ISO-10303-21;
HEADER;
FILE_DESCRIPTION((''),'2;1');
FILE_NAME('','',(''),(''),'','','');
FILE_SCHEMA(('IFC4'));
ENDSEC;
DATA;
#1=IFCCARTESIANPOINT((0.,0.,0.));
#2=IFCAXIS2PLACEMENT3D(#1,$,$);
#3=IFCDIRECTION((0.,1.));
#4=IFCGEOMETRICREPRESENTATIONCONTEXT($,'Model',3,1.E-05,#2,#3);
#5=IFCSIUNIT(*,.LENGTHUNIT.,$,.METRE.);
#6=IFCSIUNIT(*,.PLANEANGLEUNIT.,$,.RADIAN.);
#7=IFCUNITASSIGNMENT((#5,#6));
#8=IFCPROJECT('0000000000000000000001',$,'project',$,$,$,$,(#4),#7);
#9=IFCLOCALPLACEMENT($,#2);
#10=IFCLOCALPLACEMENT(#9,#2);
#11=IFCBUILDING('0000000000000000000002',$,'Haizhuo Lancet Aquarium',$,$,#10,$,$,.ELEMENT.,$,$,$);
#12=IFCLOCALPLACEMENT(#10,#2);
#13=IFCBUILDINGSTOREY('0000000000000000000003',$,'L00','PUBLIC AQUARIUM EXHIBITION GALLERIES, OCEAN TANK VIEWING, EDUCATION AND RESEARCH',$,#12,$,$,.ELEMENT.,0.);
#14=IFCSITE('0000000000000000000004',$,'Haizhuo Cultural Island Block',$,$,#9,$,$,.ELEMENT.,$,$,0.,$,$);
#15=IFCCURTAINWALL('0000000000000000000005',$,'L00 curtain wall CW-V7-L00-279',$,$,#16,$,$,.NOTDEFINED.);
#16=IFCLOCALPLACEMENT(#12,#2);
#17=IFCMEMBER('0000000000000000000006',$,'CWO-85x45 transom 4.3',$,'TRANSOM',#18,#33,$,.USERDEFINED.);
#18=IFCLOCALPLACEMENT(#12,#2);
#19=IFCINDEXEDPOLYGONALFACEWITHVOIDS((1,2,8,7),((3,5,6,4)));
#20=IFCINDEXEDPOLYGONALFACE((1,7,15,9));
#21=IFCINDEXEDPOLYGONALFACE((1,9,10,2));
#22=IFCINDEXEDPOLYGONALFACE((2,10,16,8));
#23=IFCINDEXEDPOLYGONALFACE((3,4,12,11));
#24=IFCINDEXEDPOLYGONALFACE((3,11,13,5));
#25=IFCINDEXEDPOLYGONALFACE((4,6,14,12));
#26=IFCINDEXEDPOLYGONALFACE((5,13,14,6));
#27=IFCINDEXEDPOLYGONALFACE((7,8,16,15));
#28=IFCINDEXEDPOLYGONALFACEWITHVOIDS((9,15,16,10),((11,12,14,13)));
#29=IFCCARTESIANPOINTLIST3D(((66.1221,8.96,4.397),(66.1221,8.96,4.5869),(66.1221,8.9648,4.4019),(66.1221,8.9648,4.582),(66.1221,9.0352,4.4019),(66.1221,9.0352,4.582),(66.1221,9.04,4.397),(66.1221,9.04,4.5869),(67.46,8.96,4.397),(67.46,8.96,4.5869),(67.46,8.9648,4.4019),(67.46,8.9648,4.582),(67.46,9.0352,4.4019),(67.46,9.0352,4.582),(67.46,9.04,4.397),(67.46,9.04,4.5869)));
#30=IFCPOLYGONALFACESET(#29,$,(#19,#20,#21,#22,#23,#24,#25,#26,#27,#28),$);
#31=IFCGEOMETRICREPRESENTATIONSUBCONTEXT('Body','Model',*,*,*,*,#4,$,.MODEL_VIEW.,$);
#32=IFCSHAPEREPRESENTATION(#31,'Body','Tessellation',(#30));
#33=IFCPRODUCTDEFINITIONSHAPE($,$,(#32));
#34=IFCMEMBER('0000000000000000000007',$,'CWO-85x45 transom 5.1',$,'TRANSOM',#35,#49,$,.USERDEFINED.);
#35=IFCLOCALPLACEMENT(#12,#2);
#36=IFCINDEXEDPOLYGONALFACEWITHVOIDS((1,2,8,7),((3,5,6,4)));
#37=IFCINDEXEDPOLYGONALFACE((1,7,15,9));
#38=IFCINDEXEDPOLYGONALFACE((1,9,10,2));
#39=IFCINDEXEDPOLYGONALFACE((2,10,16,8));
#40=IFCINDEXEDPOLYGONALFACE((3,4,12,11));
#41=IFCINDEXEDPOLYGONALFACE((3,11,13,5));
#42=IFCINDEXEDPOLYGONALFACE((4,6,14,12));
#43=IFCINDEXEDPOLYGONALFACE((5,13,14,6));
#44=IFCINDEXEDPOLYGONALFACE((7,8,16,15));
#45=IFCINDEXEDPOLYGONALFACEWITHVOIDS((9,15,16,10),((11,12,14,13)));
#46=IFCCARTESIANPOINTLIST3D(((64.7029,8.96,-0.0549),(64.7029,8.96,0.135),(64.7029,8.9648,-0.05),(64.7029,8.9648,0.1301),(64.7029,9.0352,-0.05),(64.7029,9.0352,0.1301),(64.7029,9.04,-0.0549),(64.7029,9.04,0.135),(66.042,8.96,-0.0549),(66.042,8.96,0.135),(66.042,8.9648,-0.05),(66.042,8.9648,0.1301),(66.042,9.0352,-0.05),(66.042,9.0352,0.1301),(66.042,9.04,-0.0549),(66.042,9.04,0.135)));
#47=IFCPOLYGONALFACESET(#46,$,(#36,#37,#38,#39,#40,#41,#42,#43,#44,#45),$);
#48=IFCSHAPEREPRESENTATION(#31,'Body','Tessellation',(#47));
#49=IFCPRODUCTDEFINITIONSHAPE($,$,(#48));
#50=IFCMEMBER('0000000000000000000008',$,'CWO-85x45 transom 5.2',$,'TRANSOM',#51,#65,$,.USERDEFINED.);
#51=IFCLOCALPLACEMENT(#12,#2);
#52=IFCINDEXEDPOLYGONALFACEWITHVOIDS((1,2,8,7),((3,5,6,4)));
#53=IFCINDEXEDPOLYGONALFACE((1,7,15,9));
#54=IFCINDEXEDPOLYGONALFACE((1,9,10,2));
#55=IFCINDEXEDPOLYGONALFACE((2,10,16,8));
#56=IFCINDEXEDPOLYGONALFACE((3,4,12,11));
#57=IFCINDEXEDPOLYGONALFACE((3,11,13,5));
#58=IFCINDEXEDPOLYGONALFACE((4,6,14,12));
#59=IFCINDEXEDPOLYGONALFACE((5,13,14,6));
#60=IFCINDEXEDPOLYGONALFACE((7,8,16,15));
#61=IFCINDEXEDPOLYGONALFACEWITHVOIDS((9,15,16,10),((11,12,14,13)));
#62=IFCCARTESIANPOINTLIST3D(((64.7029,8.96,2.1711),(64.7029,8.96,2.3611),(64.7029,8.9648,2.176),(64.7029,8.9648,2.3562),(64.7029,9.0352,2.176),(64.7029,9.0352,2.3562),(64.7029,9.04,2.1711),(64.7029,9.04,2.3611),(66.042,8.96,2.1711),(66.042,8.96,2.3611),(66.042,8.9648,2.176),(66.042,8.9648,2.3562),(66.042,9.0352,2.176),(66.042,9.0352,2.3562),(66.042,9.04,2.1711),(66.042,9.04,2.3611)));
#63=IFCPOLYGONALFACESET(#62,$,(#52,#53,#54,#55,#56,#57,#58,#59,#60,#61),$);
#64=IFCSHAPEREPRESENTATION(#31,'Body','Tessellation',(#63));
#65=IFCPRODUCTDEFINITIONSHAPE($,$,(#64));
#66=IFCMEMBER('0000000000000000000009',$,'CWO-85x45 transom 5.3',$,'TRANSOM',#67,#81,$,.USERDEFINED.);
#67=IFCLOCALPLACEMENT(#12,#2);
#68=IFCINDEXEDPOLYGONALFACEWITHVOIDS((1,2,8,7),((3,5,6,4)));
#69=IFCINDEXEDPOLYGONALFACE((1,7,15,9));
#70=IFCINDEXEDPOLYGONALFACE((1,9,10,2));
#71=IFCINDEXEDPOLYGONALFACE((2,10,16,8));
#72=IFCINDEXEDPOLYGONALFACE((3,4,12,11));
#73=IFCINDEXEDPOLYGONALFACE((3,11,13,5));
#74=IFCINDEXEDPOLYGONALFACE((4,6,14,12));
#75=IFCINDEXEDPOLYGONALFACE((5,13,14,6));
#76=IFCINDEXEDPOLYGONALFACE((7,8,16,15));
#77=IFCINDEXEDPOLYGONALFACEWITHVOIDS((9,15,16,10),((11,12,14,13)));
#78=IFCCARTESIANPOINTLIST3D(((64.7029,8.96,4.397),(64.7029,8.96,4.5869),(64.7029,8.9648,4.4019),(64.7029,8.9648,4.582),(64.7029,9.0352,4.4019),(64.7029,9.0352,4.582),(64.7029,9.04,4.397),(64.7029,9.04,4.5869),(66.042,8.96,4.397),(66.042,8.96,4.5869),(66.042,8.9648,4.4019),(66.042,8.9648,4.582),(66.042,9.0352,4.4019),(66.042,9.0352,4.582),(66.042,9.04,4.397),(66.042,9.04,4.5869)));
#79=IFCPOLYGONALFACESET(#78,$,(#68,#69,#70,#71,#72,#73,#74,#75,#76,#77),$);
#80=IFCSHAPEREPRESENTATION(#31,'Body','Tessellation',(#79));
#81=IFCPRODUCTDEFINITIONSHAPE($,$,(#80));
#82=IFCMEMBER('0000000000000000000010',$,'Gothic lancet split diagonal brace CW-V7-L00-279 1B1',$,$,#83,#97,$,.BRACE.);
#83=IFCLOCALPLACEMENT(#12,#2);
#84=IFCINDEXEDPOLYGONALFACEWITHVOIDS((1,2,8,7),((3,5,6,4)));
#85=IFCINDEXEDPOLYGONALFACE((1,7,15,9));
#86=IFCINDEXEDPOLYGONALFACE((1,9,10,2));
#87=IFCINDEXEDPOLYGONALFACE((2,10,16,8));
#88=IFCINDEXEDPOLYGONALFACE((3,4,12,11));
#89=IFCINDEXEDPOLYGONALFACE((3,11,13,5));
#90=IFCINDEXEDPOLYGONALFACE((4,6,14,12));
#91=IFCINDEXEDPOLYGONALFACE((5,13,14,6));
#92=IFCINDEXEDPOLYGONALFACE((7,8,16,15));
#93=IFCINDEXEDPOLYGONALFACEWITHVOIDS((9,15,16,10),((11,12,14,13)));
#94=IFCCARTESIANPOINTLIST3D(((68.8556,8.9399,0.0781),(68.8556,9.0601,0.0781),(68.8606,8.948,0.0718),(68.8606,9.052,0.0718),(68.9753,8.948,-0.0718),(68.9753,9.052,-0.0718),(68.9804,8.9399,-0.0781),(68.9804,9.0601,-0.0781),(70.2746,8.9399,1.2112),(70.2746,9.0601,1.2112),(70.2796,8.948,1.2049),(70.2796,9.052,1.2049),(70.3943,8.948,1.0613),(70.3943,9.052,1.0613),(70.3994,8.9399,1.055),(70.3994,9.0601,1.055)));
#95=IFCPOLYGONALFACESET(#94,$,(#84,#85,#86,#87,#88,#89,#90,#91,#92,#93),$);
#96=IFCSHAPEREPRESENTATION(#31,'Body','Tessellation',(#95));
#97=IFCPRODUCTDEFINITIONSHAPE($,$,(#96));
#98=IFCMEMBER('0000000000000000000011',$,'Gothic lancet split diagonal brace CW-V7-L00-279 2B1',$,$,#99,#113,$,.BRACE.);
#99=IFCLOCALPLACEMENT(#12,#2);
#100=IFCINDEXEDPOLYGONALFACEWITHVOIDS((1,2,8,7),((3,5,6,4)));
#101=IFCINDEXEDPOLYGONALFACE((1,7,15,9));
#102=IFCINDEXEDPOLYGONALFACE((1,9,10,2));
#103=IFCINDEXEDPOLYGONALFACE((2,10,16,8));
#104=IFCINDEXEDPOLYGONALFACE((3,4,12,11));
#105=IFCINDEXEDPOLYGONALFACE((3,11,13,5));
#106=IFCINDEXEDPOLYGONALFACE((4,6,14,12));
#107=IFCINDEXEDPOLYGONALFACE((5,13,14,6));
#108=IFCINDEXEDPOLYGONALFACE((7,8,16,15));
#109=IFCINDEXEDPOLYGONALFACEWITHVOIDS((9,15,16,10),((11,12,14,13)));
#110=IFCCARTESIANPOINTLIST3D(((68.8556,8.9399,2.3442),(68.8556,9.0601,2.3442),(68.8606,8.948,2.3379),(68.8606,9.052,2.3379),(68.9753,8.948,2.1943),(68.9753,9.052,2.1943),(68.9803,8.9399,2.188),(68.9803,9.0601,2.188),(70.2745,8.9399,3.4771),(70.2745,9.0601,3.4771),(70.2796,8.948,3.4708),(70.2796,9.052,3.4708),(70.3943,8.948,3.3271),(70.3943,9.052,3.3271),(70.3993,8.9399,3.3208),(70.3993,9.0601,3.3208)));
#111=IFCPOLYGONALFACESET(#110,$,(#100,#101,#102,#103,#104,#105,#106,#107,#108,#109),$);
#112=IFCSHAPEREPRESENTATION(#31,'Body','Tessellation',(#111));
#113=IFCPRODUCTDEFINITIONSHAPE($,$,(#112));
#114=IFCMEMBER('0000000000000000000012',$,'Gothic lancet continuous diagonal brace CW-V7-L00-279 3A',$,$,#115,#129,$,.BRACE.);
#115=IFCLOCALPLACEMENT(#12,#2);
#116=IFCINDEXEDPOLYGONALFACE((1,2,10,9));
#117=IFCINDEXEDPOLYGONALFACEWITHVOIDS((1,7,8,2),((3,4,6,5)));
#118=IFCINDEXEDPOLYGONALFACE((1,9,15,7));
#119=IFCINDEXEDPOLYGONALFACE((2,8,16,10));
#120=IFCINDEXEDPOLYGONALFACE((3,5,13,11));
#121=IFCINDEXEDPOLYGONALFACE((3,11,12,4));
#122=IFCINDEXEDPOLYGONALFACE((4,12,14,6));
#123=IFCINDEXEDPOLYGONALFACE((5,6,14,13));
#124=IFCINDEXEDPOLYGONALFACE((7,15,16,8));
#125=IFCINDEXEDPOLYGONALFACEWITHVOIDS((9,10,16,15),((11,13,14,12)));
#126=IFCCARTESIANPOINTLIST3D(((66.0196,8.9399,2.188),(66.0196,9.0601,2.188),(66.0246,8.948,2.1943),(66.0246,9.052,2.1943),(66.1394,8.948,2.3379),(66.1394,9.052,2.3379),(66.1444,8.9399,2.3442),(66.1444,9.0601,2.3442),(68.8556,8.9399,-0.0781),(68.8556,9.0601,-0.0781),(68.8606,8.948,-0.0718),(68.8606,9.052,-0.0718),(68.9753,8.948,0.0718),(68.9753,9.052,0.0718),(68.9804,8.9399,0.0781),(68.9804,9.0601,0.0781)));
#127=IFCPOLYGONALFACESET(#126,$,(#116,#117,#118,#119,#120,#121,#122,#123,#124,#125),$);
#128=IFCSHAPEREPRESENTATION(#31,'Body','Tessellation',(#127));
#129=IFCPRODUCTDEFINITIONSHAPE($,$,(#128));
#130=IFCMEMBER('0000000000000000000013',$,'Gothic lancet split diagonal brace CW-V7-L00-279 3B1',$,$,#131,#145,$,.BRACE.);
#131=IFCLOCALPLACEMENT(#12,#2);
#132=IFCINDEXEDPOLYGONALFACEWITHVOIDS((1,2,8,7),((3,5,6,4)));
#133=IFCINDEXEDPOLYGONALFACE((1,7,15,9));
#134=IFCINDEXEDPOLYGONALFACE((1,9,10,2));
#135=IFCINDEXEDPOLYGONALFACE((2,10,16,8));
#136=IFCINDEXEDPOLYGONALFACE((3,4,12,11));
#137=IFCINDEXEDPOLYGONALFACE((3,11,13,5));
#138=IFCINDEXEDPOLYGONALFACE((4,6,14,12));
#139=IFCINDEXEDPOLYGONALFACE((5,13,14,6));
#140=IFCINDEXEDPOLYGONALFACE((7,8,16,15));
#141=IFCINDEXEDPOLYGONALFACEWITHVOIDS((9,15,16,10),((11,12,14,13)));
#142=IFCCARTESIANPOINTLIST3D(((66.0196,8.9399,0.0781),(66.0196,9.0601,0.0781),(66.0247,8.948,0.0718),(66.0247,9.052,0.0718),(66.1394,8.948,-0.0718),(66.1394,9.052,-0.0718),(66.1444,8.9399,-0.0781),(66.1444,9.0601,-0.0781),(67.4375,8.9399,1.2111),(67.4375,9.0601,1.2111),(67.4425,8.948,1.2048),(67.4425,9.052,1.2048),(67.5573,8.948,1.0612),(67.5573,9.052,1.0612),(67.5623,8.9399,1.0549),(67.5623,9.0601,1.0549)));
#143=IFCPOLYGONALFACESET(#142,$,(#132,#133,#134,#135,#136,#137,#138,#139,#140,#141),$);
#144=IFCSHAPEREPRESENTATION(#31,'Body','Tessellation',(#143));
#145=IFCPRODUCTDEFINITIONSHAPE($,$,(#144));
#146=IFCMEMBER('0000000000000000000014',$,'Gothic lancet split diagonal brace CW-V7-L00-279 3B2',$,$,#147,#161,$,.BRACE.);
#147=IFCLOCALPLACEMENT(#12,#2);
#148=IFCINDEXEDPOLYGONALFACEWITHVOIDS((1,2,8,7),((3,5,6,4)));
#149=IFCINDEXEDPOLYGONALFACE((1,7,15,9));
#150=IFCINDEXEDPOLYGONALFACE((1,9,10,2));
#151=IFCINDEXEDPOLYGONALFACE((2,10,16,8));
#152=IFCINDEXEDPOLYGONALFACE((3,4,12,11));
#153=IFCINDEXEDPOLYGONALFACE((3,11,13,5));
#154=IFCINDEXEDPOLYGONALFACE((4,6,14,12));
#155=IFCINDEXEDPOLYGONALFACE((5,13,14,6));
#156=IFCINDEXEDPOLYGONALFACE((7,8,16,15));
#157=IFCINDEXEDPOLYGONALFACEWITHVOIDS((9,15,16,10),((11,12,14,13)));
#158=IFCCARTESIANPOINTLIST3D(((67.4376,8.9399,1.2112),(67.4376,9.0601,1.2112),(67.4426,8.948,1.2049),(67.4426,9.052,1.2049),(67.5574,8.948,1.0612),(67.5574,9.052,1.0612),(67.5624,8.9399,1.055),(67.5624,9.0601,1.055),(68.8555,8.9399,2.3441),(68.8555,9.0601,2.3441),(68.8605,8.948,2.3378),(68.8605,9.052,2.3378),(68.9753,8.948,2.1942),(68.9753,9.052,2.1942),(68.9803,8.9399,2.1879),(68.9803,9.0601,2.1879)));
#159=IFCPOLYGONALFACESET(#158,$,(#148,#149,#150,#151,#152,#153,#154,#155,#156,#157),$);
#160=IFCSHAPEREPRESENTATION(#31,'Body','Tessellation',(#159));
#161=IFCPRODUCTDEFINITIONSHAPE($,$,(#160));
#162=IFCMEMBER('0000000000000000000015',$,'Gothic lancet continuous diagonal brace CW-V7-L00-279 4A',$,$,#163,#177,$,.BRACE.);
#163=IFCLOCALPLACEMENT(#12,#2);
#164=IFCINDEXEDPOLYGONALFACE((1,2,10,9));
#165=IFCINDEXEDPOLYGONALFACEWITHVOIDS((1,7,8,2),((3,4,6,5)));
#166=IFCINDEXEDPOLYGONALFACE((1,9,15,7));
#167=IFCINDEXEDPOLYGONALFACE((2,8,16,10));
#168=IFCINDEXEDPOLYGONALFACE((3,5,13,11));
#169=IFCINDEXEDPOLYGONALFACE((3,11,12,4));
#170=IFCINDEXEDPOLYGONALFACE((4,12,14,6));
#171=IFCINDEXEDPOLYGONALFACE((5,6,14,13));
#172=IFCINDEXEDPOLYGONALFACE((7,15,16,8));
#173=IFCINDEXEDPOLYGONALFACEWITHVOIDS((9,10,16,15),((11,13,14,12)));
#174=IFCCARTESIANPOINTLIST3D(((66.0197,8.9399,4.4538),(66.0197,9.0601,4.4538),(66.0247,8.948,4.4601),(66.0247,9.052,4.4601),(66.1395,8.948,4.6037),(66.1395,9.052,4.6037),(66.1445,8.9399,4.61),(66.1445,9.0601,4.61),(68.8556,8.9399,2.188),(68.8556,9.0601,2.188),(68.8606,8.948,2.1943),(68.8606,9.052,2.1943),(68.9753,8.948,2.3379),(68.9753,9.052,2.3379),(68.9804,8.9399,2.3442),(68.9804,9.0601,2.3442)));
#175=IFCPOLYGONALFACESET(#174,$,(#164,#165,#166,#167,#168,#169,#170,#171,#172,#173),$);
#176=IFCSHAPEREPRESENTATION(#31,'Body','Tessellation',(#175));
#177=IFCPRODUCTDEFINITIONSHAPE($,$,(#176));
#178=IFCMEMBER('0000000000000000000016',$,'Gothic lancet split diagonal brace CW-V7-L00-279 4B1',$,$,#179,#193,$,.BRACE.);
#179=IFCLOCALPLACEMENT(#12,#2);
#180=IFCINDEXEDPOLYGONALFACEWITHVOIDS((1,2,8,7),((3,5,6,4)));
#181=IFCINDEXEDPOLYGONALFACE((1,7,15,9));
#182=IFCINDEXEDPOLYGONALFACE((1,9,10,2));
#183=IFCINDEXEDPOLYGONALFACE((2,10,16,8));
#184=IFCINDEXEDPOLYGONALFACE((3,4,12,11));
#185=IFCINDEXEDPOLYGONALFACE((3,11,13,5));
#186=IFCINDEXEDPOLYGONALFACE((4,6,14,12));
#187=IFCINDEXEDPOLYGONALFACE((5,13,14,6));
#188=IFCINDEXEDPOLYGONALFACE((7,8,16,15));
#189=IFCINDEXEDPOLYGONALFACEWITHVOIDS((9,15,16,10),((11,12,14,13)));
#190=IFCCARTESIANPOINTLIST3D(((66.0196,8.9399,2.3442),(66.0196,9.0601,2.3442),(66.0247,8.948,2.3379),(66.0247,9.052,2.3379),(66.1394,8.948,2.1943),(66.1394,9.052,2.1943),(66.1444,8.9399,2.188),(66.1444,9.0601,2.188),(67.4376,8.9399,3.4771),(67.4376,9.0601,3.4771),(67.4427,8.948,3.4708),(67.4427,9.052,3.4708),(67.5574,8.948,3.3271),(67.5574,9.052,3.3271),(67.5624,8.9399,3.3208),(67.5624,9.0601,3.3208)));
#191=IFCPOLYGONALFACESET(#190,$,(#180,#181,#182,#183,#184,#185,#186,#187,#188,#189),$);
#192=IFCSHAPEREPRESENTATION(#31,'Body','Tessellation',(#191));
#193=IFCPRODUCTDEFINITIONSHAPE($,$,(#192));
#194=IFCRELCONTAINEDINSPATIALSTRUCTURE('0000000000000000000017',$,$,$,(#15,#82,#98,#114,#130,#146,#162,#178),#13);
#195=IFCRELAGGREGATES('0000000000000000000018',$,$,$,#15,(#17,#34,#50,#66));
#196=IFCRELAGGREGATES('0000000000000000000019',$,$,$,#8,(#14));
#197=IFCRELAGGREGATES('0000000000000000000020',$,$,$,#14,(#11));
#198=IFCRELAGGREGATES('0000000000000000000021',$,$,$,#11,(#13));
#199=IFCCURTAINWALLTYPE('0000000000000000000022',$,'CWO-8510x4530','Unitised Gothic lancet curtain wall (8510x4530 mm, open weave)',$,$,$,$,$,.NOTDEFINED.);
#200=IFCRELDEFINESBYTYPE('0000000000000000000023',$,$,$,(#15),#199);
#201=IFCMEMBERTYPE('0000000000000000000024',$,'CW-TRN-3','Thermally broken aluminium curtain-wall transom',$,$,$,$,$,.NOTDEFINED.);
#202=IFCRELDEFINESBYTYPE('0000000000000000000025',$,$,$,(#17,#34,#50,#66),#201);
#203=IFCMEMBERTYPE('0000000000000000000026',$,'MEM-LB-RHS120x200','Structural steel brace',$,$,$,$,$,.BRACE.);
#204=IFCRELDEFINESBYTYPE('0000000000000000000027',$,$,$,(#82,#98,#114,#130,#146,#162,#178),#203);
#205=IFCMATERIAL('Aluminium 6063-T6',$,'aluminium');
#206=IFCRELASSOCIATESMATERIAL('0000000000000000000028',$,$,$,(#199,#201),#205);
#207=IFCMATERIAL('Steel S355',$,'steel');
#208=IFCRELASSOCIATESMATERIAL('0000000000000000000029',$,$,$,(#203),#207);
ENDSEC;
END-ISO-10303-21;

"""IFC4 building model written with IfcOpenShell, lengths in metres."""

from ifc_helpers import new_model, si_unit, direction, frame, origin, origin_2d, place, context, subcontext, project, spatial, hollow_rectangle, extrude, material, material_profile, profile_set, type_object, element, aggregate, save


model = new_model("IFC4")

# Units and contexts
model_context = context("Model", 3, precision=1e-05, world=origin(), true_north=direction((0.0, 1.0)))
body_context = subcontext(model_context, "Body", "Model", "MODEL_VIEW")
ifc_project = project(units=[si_unit("LENGTHUNIT", "METRE"), si_unit("PLANEANGLEUNIT", "RADIAN")], contexts=[model_context])

# Site, building, storey
site_placement = place(None, origin())
site = spatial("IfcSite", under=ifc_project, at=site_placement, Name="Haizhuo Cultural Island Block", CompositionType="ELEMENT", RefElevation=0.0)
building_placement = place(site_placement, origin())
building = spatial("IfcBuilding", under=site, at=building_placement, Name="Haizhuo Lancet Aquarium", CompositionType="ELEMENT")
storey_placement = place(building_placement, origin())
storey = spatial("IfcBuildingStorey", under=building, at=storey_placement, Name="L00", Description="PUBLIC AQUARIUM EXHIBITION GALLERIES, OCEAN TANK VIEWING, EDUCATION AND RESEARCH", CompositionType="ELEMENT", Elevation=0.0)

# Curtain wall, members
ifc_material_1 = material(Name="Aluminium 6063-T6", Category="aluminium")
curtain_wall_type = type_object("IfcCurtainWallType", Name="CWO-8510x4530", Description="Unitised Gothic lancet curtain wall (8510x4530 mm, open weave)", PredefinedType="NOTDEFINED", material=ifc_material_1)
curtain_wall_placement = place(storey_placement, origin())
curtain_wall = element("IfcCurtainWall", 1, at=curtain_wall_placement, inside=storey, type_object=curtain_wall_type, Name="L00 curtain wall CW-V7-L00-279", PredefinedType="NOTDEFINED")
ifc_material_profile_1 = material_profile(ifc_material_1, hollow_rectangle(XDim=0.0801, YDim=0.1899, WallThickness=0.0049, at=origin_2d()), Name="ALU-T 80x190x5")
ifc_profile_set_1 = profile_set([ifc_material_profile_1], Name="Aluminium 6063-T6")
member_type_1 = type_object("IfcMemberType", Name="CW-TRN-3", Description="Thermally broken aluminium curtain-wall transom", PredefinedType="NOTDEFINED", material=ifc_profile_set_1)
member_1_placement = place(storey_placement, frame((67.46, 9.0, 4.4919), z_axis=(-1.0, 0.0, 0.0), x_axis=(0.0, -1.0, 0.0)))
member_1 = element("IfcMember", 2, at=member_1_placement, type_object=member_type_1, Name="CWO-85x45 transom 4.3", ObjectType="TRANSOM", PredefinedType="USERDEFINED", context=body_context, shape_type="SweptSolid", body=[
    extrude(hollow_rectangle(XDim=0.0801, YDim=0.1899, WallThickness=0.0049, at=origin_2d()), origin(), (0.0, 0.0, 1.0), 1.3379),
])
member_2_placement = place(storey_placement, frame((66.042, 9.0, 0.04), z_axis=(-1.0, 0.0, 0.0), x_axis=(0.0, -1.0, 0.0)))
member_2 = element("IfcMember", 3, at=member_2_placement, type_object=member_type_1, Name="CWO-85x45 transom 5.1", ObjectType="TRANSOM", PredefinedType="USERDEFINED", context=body_context, shape_type="SweptSolid", body=[
    extrude(hollow_rectangle(XDim=0.0801, YDim=0.1899, WallThickness=0.0049, at=origin_2d()), origin(), (0.0, 0.0, 1.0), 1.3391),
])
member_3_placement = place(storey_placement, frame((66.042, 9.0, 2.2661), z_axis=(-1.0, 0.0, 0.0), x_axis=(0.0, -1.0, 0.0)))
member_3 = element("IfcMember", 4, at=member_3_placement, type_object=member_type_1, Name="CWO-85x45 transom 5.2", ObjectType="TRANSOM", PredefinedType="USERDEFINED", context=body_context, shape_type="SweptSolid", body=[
    extrude(hollow_rectangle(XDim=0.0801, YDim=0.1899, WallThickness=0.0049, at=origin_2d()), origin(), (0.0, 0.0, 1.0), 1.3391),
])
member_4_placement = place(storey_placement, frame((66.042, 9.0, 4.4919), z_axis=(-1.0, 0.0, 0.0), x_axis=(0.0, -1.0, 0.0)))
member_4 = element("IfcMember", 5, at=member_4_placement, type_object=member_type_1, Name="CWO-85x45 transom 5.3", ObjectType="TRANSOM", PredefinedType="USERDEFINED", context=body_context, shape_type="SweptSolid", body=[
    extrude(hollow_rectangle(XDim=0.0801, YDim=0.1899, WallThickness=0.0049, at=origin_2d()), origin(), (0.0, 0.0, 1.0), 1.3391),
])

# Members
ifc_material_2 = material(Name="Steel S355", Category="steel")
ifc_material_profile_2 = material_profile(ifc_material_2, hollow_rectangle(XDim=0.1201, YDim=0.2, WallThickness=0.0081, at=origin_2d()), Name="RHS 120x200x8")
ifc_profile_set_2 = profile_set([ifc_material_profile_2], Name="Steel S355")
member_type_2 = type_object("IfcMemberType", Name="MEM-LB-RHS120x200", Description="Structural steel brace", PredefinedType="BRACE", material=ifc_profile_set_2)
member_5_placement = place(storey_placement, frame((68.918, 9.0, 0.0), z_axis=(0.781433, 0.0, 0.62399), x_axis=(0.0, 1.0, 0.0)))
element("IfcMember", 6, at=member_5_placement, inside=storey, type_object=member_type_2, Name="Gothic lancet split diagonal brace CW-V7-L00-279 1B1", PredefinedType="BRACE", context=body_context, shape_type="SweptSolid", body=[
    extrude(hollow_rectangle(XDim=0.1201, YDim=0.2, WallThickness=0.0081, at=origin_2d()), origin(), (0.0, 0.0, 1.0), 1.8159),
])
member_6_placement = place(storey_placement, frame((68.918, 9.0, 2.2661), z_axis=(0.781498, 0.0, 0.623908), x_axis=(0.0, 1.0, 0.0)))
element("IfcMember", 7, at=member_6_placement, inside=storey, type_object=member_type_2, Name="Gothic lancet split diagonal brace CW-V7-L00-279 2B1", PredefinedType="BRACE", context=body_context, shape_type="SweptSolid", body=[
    extrude(hollow_rectangle(XDim=0.1201, YDim=0.2, WallThickness=0.0081, at=origin_2d()), origin(), (0.0, 0.0, 1.0), 1.8157),
])
member_7_placement = place(storey_placement, frame((68.918, 9.0, 0.0), z_axis=(-0.781223, 0.0, 0.624252), x_axis=(0.0, -1.0, 0.0)))
element("IfcMember", 8, at=member_7_placement, inside=storey, type_object=member_type_2, Name="Gothic lancet continuous diagonal brace CW-V7-L00-279 3A", PredefinedType="BRACE", context=body_context, shape_type="SweptSolid", body=[
    extrude(hollow_rectangle(XDim=0.1201, YDim=0.2, WallThickness=0.0081, at=origin_2d()), origin(), (0.0, 0.0, 1.0), 3.6301),
])
for number, where, z_axis, x_axis, name in (
    (9, (66.082, 9.0, 0.0), (0.781223, 0.0, 0.624252), (0.0, 1.0, 0.0), "Gothic lancet split diagonal brace CW-V7-L00-279 3B1"),
    (10, (67.5, 9.0, 1.1331), (0.781223, 0.0, 0.624252), (0.0, 1.0, 0.0), "Gothic lancet split diagonal brace CW-V7-L00-279 3B2"),
):
    element("IfcMember", number, at=place(storey_placement, frame(where, z_axis=z_axis, x_axis=x_axis)), inside=storey, type_object=member_type_2, Name=name, PredefinedType="BRACE", context=body_context, shape_type="SweptSolid", body=[
        extrude(hollow_rectangle(XDim=0.1201, YDim=0.2, WallThickness=0.0081, at=origin_2d()), origin(), (0.0, 0.0, 1.0), 1.8149),
    ])
member_8_placement = place(storey_placement, frame((68.918, 9.0, 2.2661), z_axis=(-0.781256, 0.0, 0.624211), x_axis=(0.0, -1.0, 0.0)))
element("IfcMember", 11, at=member_8_placement, inside=storey, type_object=member_type_2, Name="Gothic lancet continuous diagonal brace CW-V7-L00-279 4A", PredefinedType="BRACE", context=body_context, shape_type="SweptSolid", body=[
    extrude(hollow_rectangle(XDim=0.1201, YDim=0.2, WallThickness=0.0081, at=origin_2d()), origin(), (0.0, 0.0, 1.0), 3.6299),
])
for number, where, z_axis, x_axis, name in (
    (12, (66.082, 9.0, 2.2661), (0.781289, 0.0, 0.62417), (0.0, 1.0, 0.0), "Gothic lancet split diagonal brace CW-V7-L00-279 4B1"),
):
    element("IfcMember", number, at=place(storey_placement, frame(where, z_axis=z_axis, x_axis=x_axis)), inside=storey, type_object=member_type_2, Name=name, PredefinedType="BRACE", context=body_context, shape_type="SweptSolid", body=[
        extrude(hollow_rectangle(XDim=0.1201, YDim=0.2, WallThickness=0.0081, at=origin_2d()), origin(), (0.0, 0.0, 1.0), 1.8149),
    ])

aggregate(curtain_wall, [member_1, member_2, member_3, member_4])

save(model, "model.ifc")
